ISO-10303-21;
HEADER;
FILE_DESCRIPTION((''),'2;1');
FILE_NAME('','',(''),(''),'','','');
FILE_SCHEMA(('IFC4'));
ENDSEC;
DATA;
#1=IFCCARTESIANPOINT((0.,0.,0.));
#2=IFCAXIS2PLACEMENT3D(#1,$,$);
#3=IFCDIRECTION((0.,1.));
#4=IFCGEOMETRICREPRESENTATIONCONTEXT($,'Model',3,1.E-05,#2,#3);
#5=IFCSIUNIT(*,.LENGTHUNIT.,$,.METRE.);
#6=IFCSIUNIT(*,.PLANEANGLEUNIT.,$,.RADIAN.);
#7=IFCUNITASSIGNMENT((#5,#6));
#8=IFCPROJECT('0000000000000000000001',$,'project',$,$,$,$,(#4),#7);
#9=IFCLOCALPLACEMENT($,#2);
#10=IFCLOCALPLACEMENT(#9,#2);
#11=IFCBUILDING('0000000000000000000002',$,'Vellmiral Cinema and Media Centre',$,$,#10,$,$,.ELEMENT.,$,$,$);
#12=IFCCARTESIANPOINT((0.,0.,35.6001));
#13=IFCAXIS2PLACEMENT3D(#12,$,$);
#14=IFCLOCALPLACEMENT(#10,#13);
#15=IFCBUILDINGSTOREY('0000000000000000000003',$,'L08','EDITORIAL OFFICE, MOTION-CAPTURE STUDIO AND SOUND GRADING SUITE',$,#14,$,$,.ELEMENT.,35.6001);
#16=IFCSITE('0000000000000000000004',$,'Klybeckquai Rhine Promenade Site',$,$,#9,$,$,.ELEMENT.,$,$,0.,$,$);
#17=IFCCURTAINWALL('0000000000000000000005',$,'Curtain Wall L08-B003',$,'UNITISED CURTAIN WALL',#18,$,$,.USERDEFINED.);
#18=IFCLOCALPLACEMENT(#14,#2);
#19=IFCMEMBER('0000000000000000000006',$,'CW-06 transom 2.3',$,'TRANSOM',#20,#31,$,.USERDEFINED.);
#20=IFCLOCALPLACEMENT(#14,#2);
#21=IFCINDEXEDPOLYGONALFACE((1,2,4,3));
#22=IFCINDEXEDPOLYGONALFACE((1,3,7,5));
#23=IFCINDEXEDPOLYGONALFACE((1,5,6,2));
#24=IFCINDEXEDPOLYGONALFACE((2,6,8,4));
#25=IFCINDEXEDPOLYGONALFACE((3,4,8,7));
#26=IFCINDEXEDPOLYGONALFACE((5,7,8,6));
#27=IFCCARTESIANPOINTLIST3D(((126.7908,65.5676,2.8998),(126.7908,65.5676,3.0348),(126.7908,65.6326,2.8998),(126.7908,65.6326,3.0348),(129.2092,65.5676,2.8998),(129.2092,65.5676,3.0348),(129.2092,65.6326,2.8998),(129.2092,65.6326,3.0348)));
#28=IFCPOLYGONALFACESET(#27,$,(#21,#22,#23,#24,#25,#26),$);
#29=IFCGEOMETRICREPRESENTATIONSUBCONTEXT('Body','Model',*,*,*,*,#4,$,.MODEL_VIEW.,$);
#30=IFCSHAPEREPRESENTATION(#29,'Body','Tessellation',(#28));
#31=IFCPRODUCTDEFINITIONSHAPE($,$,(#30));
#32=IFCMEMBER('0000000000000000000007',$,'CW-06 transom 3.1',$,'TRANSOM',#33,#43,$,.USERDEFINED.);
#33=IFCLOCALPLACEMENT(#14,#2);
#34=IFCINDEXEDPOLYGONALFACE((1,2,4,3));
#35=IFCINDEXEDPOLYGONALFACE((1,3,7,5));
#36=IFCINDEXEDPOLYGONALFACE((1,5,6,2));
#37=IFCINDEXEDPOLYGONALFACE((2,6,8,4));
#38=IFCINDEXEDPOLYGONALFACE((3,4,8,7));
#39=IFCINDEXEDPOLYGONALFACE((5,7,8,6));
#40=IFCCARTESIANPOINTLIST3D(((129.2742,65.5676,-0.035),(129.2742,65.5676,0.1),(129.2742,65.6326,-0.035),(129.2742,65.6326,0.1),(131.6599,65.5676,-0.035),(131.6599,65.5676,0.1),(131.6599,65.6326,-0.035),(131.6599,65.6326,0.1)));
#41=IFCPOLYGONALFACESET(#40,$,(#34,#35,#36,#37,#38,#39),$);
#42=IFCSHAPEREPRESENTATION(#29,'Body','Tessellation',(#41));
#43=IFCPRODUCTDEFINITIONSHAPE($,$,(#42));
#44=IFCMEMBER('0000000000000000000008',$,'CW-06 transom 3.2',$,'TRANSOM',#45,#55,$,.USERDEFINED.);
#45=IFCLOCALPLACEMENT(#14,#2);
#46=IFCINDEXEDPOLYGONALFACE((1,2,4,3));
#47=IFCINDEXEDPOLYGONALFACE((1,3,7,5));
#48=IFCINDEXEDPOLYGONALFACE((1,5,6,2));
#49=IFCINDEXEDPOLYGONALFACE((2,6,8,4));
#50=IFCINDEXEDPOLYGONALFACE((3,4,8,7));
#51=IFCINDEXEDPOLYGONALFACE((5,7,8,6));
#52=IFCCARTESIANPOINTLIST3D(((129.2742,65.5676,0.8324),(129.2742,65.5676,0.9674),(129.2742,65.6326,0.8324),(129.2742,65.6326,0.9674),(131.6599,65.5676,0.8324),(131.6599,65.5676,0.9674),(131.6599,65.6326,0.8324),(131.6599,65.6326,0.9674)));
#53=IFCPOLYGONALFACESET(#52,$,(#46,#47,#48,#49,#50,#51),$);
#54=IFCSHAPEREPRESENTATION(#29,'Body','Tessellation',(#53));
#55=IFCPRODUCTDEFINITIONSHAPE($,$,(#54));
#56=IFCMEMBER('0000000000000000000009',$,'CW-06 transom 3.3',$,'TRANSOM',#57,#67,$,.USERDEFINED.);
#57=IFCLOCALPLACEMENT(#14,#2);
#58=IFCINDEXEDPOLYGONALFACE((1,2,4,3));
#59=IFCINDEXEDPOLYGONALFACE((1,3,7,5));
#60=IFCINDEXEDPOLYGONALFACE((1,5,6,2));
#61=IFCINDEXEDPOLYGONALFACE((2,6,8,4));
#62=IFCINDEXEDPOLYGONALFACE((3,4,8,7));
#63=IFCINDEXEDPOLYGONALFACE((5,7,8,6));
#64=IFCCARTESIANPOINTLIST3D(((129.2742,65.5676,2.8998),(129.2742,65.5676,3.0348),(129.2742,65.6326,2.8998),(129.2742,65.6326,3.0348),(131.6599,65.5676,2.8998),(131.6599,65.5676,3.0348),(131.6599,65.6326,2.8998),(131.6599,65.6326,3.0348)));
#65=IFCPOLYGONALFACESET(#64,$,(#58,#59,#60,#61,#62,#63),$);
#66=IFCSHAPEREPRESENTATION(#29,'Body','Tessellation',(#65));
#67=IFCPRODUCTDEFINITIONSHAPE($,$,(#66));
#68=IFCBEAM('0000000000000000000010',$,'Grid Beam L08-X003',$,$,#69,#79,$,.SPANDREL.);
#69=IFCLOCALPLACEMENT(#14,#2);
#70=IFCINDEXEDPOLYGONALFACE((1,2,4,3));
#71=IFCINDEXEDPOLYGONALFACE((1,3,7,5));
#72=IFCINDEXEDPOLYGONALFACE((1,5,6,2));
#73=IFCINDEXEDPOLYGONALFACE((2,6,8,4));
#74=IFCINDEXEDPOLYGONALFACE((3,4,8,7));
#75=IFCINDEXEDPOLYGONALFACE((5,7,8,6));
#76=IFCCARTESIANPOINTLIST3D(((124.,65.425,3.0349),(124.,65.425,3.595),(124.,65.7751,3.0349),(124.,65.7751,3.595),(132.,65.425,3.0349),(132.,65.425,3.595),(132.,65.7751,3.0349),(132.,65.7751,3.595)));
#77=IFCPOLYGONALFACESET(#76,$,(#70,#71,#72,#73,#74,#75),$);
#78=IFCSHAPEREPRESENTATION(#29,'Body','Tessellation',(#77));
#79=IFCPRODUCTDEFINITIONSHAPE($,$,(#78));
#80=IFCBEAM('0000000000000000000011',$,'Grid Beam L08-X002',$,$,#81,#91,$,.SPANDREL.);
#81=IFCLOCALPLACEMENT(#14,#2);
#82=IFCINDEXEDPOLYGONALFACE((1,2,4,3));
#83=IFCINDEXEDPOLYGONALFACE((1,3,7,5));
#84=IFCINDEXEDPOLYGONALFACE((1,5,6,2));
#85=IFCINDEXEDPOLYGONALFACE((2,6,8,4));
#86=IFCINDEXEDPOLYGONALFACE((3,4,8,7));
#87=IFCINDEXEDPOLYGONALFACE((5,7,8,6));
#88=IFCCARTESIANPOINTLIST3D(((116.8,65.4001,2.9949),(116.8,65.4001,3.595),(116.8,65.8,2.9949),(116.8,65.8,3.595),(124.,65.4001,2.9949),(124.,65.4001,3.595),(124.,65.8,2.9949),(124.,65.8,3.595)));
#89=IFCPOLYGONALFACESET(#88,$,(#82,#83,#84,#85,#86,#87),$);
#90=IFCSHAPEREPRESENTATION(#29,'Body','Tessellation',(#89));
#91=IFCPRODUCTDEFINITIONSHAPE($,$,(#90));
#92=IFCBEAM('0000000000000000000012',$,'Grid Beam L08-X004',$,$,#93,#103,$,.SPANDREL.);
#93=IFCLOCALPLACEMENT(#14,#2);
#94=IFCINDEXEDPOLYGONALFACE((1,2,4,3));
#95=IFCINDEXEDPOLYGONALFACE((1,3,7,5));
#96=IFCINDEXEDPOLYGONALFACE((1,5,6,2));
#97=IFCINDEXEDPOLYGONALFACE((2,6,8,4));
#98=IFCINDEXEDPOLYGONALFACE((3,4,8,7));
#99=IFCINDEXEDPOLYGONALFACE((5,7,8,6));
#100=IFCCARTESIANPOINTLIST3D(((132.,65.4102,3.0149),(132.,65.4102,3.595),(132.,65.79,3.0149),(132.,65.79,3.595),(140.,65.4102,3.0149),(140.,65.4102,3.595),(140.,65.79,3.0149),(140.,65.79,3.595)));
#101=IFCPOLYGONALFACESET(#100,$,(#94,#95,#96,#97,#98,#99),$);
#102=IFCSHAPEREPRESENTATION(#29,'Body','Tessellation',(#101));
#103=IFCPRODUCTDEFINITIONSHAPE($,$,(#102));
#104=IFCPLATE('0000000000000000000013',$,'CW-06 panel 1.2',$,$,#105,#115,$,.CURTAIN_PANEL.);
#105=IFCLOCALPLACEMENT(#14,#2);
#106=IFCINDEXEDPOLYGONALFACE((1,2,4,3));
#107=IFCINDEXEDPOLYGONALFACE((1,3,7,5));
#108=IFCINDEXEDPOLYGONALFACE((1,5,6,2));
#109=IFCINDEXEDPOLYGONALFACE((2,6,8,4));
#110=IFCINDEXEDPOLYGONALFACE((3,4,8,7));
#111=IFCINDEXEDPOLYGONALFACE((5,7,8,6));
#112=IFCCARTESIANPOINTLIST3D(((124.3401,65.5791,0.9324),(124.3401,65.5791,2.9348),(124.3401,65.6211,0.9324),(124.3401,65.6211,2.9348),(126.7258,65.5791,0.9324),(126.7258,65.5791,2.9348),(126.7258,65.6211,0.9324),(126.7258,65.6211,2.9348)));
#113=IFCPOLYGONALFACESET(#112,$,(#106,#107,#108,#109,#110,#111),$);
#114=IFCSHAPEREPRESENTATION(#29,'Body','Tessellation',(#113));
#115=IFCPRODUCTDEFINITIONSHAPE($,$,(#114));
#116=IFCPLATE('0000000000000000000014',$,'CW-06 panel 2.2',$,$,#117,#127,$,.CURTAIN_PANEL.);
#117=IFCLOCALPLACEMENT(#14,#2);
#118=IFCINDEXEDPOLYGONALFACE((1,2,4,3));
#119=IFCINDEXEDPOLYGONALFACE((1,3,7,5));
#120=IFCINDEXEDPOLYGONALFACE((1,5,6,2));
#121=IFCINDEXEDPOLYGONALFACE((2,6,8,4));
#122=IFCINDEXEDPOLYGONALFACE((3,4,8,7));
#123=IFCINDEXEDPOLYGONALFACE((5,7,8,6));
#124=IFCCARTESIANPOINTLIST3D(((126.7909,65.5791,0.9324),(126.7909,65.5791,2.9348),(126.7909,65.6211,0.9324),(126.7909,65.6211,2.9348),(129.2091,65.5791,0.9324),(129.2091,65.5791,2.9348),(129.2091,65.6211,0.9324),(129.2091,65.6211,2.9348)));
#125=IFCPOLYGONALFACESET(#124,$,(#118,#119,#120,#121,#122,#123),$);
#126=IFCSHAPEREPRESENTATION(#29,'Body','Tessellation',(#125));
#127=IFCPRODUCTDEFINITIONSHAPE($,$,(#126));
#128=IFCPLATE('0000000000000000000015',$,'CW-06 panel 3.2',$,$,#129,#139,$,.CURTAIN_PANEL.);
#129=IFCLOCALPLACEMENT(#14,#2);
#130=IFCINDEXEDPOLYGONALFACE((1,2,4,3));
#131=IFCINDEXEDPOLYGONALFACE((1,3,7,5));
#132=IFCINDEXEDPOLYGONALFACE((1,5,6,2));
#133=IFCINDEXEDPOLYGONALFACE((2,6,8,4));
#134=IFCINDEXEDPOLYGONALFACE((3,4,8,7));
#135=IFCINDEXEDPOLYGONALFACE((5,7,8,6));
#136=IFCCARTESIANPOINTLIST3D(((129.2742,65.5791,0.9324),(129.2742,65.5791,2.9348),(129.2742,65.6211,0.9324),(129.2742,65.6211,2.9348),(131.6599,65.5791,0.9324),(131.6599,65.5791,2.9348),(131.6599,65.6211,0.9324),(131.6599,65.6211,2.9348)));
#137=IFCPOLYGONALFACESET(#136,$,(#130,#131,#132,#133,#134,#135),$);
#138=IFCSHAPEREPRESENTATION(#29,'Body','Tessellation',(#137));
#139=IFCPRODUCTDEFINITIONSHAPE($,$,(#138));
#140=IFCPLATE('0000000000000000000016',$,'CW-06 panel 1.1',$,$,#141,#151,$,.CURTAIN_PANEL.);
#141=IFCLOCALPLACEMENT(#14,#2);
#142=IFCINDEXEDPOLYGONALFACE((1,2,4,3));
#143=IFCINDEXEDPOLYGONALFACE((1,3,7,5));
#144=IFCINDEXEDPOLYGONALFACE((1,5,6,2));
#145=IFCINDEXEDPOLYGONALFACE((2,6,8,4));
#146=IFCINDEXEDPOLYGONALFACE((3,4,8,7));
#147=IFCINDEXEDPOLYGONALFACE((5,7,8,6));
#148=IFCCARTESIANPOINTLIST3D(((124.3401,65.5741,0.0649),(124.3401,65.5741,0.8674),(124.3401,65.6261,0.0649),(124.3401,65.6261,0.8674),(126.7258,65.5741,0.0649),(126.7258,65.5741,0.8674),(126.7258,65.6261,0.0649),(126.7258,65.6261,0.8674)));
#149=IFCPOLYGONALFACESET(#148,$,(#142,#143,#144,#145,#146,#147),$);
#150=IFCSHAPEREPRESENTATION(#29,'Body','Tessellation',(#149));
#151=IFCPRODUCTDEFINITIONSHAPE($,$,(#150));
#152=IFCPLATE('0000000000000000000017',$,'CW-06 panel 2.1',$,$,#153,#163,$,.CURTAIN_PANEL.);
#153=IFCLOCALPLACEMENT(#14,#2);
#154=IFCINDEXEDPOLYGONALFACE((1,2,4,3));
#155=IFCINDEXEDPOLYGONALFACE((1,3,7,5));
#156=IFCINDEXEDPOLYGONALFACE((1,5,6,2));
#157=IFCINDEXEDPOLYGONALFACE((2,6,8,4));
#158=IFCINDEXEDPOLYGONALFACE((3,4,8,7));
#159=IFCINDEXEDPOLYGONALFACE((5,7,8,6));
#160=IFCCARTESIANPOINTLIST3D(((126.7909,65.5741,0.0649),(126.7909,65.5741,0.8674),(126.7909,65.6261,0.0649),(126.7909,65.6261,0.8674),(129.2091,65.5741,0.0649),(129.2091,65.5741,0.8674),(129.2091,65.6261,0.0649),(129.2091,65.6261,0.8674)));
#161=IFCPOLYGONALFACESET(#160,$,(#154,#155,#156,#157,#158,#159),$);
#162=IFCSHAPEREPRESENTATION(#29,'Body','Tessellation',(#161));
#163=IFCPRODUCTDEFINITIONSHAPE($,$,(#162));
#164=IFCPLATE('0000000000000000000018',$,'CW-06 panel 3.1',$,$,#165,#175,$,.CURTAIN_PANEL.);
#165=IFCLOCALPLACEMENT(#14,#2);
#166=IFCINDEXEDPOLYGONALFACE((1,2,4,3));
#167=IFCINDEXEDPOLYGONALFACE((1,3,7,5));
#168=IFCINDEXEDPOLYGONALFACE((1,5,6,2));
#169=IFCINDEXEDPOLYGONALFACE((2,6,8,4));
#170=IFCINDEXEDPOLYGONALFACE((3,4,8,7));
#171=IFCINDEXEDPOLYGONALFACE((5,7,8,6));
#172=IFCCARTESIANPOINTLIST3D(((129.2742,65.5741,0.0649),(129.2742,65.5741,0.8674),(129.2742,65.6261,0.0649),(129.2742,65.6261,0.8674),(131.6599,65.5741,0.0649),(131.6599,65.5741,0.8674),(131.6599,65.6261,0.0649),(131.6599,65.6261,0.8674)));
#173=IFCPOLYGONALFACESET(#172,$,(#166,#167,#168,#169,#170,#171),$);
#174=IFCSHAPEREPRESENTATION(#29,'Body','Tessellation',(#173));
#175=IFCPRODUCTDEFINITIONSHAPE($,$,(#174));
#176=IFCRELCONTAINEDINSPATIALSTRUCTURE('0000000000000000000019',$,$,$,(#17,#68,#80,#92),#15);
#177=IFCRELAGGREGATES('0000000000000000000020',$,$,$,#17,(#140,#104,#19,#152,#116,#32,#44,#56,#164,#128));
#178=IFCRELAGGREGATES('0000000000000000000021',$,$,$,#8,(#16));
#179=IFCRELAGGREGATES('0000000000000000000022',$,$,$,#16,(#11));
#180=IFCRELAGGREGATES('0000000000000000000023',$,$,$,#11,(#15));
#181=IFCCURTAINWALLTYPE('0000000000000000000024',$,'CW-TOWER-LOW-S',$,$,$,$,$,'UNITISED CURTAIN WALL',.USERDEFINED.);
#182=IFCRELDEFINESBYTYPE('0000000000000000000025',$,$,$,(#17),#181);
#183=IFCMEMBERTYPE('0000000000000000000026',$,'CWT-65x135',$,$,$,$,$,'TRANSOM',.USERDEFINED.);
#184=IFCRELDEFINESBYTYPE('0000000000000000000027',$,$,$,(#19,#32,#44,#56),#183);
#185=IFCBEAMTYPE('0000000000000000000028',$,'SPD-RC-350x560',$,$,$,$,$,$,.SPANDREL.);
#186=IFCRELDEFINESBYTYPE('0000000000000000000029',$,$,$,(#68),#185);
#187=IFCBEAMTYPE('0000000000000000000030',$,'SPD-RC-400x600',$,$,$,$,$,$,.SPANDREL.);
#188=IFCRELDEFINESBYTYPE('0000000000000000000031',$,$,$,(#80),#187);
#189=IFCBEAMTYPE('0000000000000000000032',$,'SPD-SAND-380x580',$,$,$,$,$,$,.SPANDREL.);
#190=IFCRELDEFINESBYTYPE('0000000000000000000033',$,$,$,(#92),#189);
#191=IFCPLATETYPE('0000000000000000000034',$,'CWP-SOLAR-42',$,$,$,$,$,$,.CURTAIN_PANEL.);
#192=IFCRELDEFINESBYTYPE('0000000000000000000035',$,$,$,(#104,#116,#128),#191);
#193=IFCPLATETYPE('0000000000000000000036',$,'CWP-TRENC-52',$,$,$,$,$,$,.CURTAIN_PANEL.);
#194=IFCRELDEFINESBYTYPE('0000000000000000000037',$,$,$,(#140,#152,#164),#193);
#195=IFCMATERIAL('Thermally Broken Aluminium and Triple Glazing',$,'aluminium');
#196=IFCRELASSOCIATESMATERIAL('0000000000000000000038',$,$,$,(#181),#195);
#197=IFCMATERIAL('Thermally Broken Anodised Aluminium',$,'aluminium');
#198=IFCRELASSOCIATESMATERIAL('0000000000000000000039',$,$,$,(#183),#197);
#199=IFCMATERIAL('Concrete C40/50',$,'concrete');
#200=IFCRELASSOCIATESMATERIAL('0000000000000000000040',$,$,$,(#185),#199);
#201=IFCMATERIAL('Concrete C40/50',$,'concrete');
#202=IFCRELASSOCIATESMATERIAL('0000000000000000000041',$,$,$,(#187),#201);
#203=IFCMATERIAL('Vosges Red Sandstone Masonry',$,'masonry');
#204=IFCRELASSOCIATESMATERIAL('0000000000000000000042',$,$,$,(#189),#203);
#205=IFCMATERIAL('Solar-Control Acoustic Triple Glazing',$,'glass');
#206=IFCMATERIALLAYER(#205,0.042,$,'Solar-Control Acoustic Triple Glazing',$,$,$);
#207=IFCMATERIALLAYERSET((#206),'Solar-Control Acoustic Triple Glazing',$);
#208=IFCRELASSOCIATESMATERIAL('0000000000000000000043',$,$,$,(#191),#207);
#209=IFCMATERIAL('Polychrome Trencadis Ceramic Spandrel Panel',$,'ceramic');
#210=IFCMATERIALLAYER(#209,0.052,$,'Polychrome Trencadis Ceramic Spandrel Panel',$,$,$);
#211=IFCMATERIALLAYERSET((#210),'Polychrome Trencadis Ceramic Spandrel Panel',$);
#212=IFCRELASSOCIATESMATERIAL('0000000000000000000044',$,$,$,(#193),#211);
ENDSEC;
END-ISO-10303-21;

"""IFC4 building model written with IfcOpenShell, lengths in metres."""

from ifc_helpers import new_model, si_unit, direction, frame, origin, origin_2d, place, context, subcontext, project, spatial, rectangle, extrude, material, layer, layer_set, material_profile, profile_set, type_object, element, aggregate, save


model = new_model("IFC4")

# Units and contexts
model_context = context("Model", 3, precision=1e-05, world=origin(), true_north=direction((0.0, 1.0)))
body_context = subcontext(model_context, "Body", "Model", "MODEL_VIEW")
ifc_project = project(units=[si_unit("LENGTHUNIT", "METRE"), si_unit("PLANEANGLEUNIT", "RADIAN")], contexts=[model_context])

# Site, building, storey
site_placement = place(None, origin())
site = spatial("IfcSite", under=ifc_project, at=site_placement, Name="Klybeckquai Rhine Promenade Site", CompositionType="ELEMENT", RefElevation=0.0)
building_placement = place(site_placement, origin())
building = spatial("IfcBuilding", under=site, at=building_placement, Name="Vellmiral Cinema and Media Centre", CompositionType="ELEMENT")
storey_placement = place(building_placement, frame((0.0, 0.0, 35.6001)))
storey = spatial("IfcBuildingStorey", under=building, at=storey_placement, Name="L08", Description="EDITORIAL OFFICE, MOTION-CAPTURE STUDIO AND SOUND GRADING SUITE", CompositionType="ELEMENT", Elevation=35.6001)

# Curtain wall, members
ifc_material_1 = material(Name="Thermally Broken Aluminium and Triple Glazing", Category="aluminium")
curtain_wall_type = type_object("IfcCurtainWallType", Name="CW-TOWER-LOW-S", ElementType="UNITISED CURTAIN WALL", PredefinedType="USERDEFINED", material=ifc_material_1)
curtain_wall_placement = place(storey_placement, origin())
curtain_wall = element("IfcCurtainWall", 1, at=curtain_wall_placement, inside=storey, type_object=curtain_wall_type, Name="Curtain Wall L08-B003", ObjectType="UNITISED CURTAIN WALL", PredefinedType="USERDEFINED")
ifc_material_2 = material(Name="Thermally Broken Anodised Aluminium", Category="aluminium")
ifc_material_profile_1 = material_profile(ifc_material_2, rectangle(XDim=0.0649, YDim=0.135, at=origin_2d()), Name="MULL 65x135")
ifc_profile_set_1 = profile_set([ifc_material_profile_1], Name="Thermally Broken Anodised Aluminium")
member_type_1 = type_object("IfcMemberType", Name="CWT-65x135", ElementType="TRANSOM", PredefinedType="USERDEFINED", material=ifc_profile_set_1)
member_1_placement = place(storey_placement, frame((126.7908, 65.6001, 2.9673), z_axis=(1.0, 0.0, 0.0), x_axis=(0.0, 1.0, 0.0)))
member_1 = element("IfcMember", 2, at=member_1_placement, type_object=member_type_1, Name="CW-06 transom 2.3", ObjectType="TRANSOM", PredefinedType="USERDEFINED", context=body_context, shape_type="SweptSolid", body=[
    extrude(rectangle(XDim=0.0649, YDim=0.135, at=origin_2d()), origin(), (0.0, 0.0, 1.0), 2.4185),
])
member_2_placement = place(storey_placement, frame((129.2742, 65.6001, 0.0325), z_axis=(1.0, 0.0, 0.0), x_axis=(0.0, 1.0, 0.0)))
member_2 = element("IfcMember", 3, at=member_2_placement, type_object=member_type_1, Name="CW-06 transom 3.1", ObjectType="TRANSOM", PredefinedType="USERDEFINED", context=body_context, shape_type="SweptSolid", body=[
    extrude(rectangle(XDim=0.0649, YDim=0.135, at=origin_2d()), origin(), (0.0, 0.0, 1.0), 2.3857),
])
member_3_placement = place(storey_placement, frame((129.2742, 65.6001, 0.8999), z_axis=(1.0, 0.0, 0.0), x_axis=(0.0, 1.0, 0.0)))
member_3 = element("IfcMember", 4, at=member_3_placement, type_object=member_type_1, Name="CW-06 transom 3.2", ObjectType="TRANSOM", PredefinedType="USERDEFINED", context=body_context, shape_type="SweptSolid", body=[
    extrude(rectangle(XDim=0.0649, YDim=0.135, at=origin_2d()), origin(), (0.0, 0.0, 1.0), 2.3857),
])
member_4_placement = place(storey_placement, frame((129.2742, 65.6001, 2.9673), z_axis=(1.0, 0.0, 0.0), x_axis=(0.0, 1.0, 0.0)))
member_4 = element("IfcMember", 5, at=member_4_placement, type_object=member_type_1, Name="CW-06 transom 3.3", ObjectType="TRANSOM", PredefinedType="USERDEFINED", context=body_context, shape_type="SweptSolid", body=[
    extrude(rectangle(XDim=0.0649, YDim=0.135, at=origin_2d()), origin(), (0.0, 0.0, 1.0), 2.3857),
])

# Beams
ifc_material_3 = material(Name="Concrete C40/50", Category="concrete")
ifc_material_profile_2 = material_profile(ifc_material_3, rectangle(XDim=0.3501, YDim=0.5601, at=origin_2d()), Name="RC 350x560")
ifc_profile_set_2 = profile_set([ifc_material_profile_2], Name="Concrete C40/50")
beam_type_1 = type_object("IfcBeamType", Name="SPD-RC-350x560", PredefinedType="SPANDREL", material=ifc_profile_set_2)
beam_1_placement = place(storey_placement, frame((124.0, 65.6001, 3.3149), z_axis=(1.0, 0.0, 0.0), x_axis=(0.0, 1.0, 0.0)))
element("IfcBeam", 6, at=beam_1_placement, inside=storey, type_object=beam_type_1, Name="Grid Beam L08-X003", PredefinedType="SPANDREL", context=body_context, shape_type="SweptSolid", body=[
    extrude(rectangle(XDim=0.3501, YDim=0.5601, at=origin_2d()), origin(), (0.0, 0.0, 1.0), 8.0),
])
ifc_material_4 = material(Name="Concrete C40/50", Category="concrete")
ifc_material_profile_3 = material_profile(ifc_material_4, rectangle(XDim=0.3999, YDim=0.6001, at=origin_2d()), Name="RC 400x600")
ifc_profile_set_3 = profile_set([ifc_material_profile_3], Name="Concrete C40/50")
beam_type_2 = type_object("IfcBeamType", Name="SPD-RC-400x600", PredefinedType="SPANDREL", material=ifc_profile_set_3)
beam_2_placement = place(storey_placement, frame((116.8, 65.6001, 3.2949), z_axis=(1.0, 0.0, 0.0), x_axis=(0.0, 1.0, 0.0)))
element("IfcBeam", 7, at=beam_2_placement, inside=storey, type_object=beam_type_2, Name="Grid Beam L08-X002", PredefinedType="SPANDREL", context=body_context, shape_type="SweptSolid", body=[
    extrude(rectangle(XDim=0.3999, YDim=0.6001, at=origin_2d()), origin(), (0.0, 0.0, 1.0), 7.2),
])
ifc_material_5 = material(Name="Vosges Red Sandstone Masonry", Category="masonry")
ifc_material_profile_4 = material_profile(ifc_material_5, rectangle(XDim=0.3799, YDim=0.5801, at=origin_2d()), Name="SAND 380x580")
ifc_profile_set_4 = profile_set([ifc_material_profile_4], Name="Vosges Red Sandstone Masonry")
beam_type_3 = type_object("IfcBeamType", Name="SPD-SAND-380x580", PredefinedType="SPANDREL", material=ifc_profile_set_4)
beam_3_placement = place(storey_placement, frame((132.0, 65.6001, 3.3049), z_axis=(1.0, 0.0, 0.0), x_axis=(0.0, 1.0, 0.0)))
element("IfcBeam", 8, at=beam_3_placement, inside=storey, type_object=beam_type_3, Name="Grid Beam L08-X004", PredefinedType="SPANDREL", context=body_context, shape_type="SweptSolid", body=[
    extrude(rectangle(XDim=0.3799, YDim=0.5801, at=origin_2d()), origin(), (0.0, 0.0, 1.0), 8.0),
])

# Plates
ifc_material_6 = material(Name="Solar-Control Acoustic Triple Glazing", Category="glass")
ifc_layer_1 = layer(ifc_material_6, 0.042, Name="Solar-Control Acoustic Triple Glazing")
ifc_layer_set_1 = layer_set([ifc_layer_1], Name="Solar-Control Acoustic Triple Glazing")
plate_type_1 = type_object("IfcPlateType", Name="CWP-SOLAR-42", PredefinedType="CURTAIN_PANEL", material=ifc_layer_set_1)
plate_1_placement = place(storey_placement, frame((125.533, 65.6001, 0.9324), z_axis=(0.0, 0.0, 1.0), x_axis=(1.0, 0.0, 0.0)))
plate_1 = element("IfcPlate", 9, at=plate_1_placement, type_object=plate_type_1, Name="CW-06 panel 1.2", PredefinedType="CURTAIN_PANEL", context=body_context, shape_type="SweptSolid", body=[
    extrude(rectangle(XDim=2.3857, YDim=0.042, at=origin_2d()), origin(), (0.0, 0.0, 1.0), 2.0024),
])
plate_2_placement = place(storey_placement, frame((128.0, 65.6001, 0.9324), z_axis=(0.0, 0.0, 1.0), x_axis=(1.0, 0.0, 0.0)))
plate_2 = element("IfcPlate", 10, at=plate_2_placement, type_object=plate_type_1, Name="CW-06 panel 2.2", PredefinedType="CURTAIN_PANEL", context=body_context, shape_type="SweptSolid", body=[
    extrude(rectangle(XDim=2.4182, YDim=0.042, at=origin_2d()), origin(), (0.0, 0.0, 1.0), 2.0024),
])
plate_3_placement = place(storey_placement, frame((130.467, 65.6001, 0.9324), z_axis=(0.0, 0.0, 1.0), x_axis=(1.0, 0.0, 0.0)))
plate_3 = element("IfcPlate", 11, at=plate_3_placement, type_object=plate_type_1, Name="CW-06 panel 3.2", PredefinedType="CURTAIN_PANEL", context=body_context, shape_type="SweptSolid", body=[
    extrude(rectangle(XDim=2.3857, YDim=0.042, at=origin_2d()), origin(), (0.0, 0.0, 1.0), 2.0024),
])
ifc_material_7 = material(Name="Polychrome Trencadis Ceramic Spandrel Panel", Category="ceramic")
ifc_layer_2 = layer(ifc_material_7, 0.052, Name="Polychrome Trencadis Ceramic Spandrel Panel")
ifc_layer_set_2 = layer_set([ifc_layer_2], Name="Polychrome Trencadis Ceramic Spandrel Panel")
plate_type_2 = type_object("IfcPlateType", Name="CWP-TRENC-52", PredefinedType="CURTAIN_PANEL", material=ifc_layer_set_2)
plate_4_placement = place(storey_placement, frame((125.533, 65.6001, 0.0649), z_axis=(0.0, 0.0, 1.0), x_axis=(1.0, 0.0, 0.0)))
plate_4 = element("IfcPlate", 12, at=plate_4_placement, type_object=plate_type_2, Name="CW-06 panel 1.1", PredefinedType="CURTAIN_PANEL", context=body_context, shape_type="SweptSolid", body=[
    extrude(rectangle(XDim=2.3857, YDim=0.052, at=origin_2d()), origin(), (0.0, 0.0, 1.0), 0.8025),
])
plate_5_placement = place(storey_placement, frame((128.0, 65.6001, 0.0649), z_axis=(0.0, 0.0, 1.0), x_axis=(1.0, 0.0, 0.0)))
plate_5 = element("IfcPlate", 13, at=plate_5_placement, type_object=plate_type_2, Name="CW-06 panel 2.1", PredefinedType="CURTAIN_PANEL", context=body_context, shape_type="SweptSolid", body=[
    extrude(rectangle(XDim=2.4182, YDim=0.052, at=origin_2d()), origin(), (0.0, 0.0, 1.0), 0.8025),
])
plate_6_placement = place(storey_placement, frame((130.467, 65.6001, 0.0649), z_axis=(0.0, 0.0, 1.0), x_axis=(1.0, 0.0, 0.0)))
plate_6 = element("IfcPlate", 14, at=plate_6_placement, type_object=plate_type_2, Name="CW-06 panel 3.1", PredefinedType="CURTAIN_PANEL", context=body_context, shape_type="SweptSolid", body=[
    extrude(rectangle(XDim=2.3857, YDim=0.052, at=origin_2d()), origin(), (0.0, 0.0, 1.0), 0.8025),
])
aggregate(curtain_wall, [plate_4, plate_1, member_1, plate_5, plate_2, member_2, member_3, member_4, plate_6, plate_3])

save(model, "model.ifc")
